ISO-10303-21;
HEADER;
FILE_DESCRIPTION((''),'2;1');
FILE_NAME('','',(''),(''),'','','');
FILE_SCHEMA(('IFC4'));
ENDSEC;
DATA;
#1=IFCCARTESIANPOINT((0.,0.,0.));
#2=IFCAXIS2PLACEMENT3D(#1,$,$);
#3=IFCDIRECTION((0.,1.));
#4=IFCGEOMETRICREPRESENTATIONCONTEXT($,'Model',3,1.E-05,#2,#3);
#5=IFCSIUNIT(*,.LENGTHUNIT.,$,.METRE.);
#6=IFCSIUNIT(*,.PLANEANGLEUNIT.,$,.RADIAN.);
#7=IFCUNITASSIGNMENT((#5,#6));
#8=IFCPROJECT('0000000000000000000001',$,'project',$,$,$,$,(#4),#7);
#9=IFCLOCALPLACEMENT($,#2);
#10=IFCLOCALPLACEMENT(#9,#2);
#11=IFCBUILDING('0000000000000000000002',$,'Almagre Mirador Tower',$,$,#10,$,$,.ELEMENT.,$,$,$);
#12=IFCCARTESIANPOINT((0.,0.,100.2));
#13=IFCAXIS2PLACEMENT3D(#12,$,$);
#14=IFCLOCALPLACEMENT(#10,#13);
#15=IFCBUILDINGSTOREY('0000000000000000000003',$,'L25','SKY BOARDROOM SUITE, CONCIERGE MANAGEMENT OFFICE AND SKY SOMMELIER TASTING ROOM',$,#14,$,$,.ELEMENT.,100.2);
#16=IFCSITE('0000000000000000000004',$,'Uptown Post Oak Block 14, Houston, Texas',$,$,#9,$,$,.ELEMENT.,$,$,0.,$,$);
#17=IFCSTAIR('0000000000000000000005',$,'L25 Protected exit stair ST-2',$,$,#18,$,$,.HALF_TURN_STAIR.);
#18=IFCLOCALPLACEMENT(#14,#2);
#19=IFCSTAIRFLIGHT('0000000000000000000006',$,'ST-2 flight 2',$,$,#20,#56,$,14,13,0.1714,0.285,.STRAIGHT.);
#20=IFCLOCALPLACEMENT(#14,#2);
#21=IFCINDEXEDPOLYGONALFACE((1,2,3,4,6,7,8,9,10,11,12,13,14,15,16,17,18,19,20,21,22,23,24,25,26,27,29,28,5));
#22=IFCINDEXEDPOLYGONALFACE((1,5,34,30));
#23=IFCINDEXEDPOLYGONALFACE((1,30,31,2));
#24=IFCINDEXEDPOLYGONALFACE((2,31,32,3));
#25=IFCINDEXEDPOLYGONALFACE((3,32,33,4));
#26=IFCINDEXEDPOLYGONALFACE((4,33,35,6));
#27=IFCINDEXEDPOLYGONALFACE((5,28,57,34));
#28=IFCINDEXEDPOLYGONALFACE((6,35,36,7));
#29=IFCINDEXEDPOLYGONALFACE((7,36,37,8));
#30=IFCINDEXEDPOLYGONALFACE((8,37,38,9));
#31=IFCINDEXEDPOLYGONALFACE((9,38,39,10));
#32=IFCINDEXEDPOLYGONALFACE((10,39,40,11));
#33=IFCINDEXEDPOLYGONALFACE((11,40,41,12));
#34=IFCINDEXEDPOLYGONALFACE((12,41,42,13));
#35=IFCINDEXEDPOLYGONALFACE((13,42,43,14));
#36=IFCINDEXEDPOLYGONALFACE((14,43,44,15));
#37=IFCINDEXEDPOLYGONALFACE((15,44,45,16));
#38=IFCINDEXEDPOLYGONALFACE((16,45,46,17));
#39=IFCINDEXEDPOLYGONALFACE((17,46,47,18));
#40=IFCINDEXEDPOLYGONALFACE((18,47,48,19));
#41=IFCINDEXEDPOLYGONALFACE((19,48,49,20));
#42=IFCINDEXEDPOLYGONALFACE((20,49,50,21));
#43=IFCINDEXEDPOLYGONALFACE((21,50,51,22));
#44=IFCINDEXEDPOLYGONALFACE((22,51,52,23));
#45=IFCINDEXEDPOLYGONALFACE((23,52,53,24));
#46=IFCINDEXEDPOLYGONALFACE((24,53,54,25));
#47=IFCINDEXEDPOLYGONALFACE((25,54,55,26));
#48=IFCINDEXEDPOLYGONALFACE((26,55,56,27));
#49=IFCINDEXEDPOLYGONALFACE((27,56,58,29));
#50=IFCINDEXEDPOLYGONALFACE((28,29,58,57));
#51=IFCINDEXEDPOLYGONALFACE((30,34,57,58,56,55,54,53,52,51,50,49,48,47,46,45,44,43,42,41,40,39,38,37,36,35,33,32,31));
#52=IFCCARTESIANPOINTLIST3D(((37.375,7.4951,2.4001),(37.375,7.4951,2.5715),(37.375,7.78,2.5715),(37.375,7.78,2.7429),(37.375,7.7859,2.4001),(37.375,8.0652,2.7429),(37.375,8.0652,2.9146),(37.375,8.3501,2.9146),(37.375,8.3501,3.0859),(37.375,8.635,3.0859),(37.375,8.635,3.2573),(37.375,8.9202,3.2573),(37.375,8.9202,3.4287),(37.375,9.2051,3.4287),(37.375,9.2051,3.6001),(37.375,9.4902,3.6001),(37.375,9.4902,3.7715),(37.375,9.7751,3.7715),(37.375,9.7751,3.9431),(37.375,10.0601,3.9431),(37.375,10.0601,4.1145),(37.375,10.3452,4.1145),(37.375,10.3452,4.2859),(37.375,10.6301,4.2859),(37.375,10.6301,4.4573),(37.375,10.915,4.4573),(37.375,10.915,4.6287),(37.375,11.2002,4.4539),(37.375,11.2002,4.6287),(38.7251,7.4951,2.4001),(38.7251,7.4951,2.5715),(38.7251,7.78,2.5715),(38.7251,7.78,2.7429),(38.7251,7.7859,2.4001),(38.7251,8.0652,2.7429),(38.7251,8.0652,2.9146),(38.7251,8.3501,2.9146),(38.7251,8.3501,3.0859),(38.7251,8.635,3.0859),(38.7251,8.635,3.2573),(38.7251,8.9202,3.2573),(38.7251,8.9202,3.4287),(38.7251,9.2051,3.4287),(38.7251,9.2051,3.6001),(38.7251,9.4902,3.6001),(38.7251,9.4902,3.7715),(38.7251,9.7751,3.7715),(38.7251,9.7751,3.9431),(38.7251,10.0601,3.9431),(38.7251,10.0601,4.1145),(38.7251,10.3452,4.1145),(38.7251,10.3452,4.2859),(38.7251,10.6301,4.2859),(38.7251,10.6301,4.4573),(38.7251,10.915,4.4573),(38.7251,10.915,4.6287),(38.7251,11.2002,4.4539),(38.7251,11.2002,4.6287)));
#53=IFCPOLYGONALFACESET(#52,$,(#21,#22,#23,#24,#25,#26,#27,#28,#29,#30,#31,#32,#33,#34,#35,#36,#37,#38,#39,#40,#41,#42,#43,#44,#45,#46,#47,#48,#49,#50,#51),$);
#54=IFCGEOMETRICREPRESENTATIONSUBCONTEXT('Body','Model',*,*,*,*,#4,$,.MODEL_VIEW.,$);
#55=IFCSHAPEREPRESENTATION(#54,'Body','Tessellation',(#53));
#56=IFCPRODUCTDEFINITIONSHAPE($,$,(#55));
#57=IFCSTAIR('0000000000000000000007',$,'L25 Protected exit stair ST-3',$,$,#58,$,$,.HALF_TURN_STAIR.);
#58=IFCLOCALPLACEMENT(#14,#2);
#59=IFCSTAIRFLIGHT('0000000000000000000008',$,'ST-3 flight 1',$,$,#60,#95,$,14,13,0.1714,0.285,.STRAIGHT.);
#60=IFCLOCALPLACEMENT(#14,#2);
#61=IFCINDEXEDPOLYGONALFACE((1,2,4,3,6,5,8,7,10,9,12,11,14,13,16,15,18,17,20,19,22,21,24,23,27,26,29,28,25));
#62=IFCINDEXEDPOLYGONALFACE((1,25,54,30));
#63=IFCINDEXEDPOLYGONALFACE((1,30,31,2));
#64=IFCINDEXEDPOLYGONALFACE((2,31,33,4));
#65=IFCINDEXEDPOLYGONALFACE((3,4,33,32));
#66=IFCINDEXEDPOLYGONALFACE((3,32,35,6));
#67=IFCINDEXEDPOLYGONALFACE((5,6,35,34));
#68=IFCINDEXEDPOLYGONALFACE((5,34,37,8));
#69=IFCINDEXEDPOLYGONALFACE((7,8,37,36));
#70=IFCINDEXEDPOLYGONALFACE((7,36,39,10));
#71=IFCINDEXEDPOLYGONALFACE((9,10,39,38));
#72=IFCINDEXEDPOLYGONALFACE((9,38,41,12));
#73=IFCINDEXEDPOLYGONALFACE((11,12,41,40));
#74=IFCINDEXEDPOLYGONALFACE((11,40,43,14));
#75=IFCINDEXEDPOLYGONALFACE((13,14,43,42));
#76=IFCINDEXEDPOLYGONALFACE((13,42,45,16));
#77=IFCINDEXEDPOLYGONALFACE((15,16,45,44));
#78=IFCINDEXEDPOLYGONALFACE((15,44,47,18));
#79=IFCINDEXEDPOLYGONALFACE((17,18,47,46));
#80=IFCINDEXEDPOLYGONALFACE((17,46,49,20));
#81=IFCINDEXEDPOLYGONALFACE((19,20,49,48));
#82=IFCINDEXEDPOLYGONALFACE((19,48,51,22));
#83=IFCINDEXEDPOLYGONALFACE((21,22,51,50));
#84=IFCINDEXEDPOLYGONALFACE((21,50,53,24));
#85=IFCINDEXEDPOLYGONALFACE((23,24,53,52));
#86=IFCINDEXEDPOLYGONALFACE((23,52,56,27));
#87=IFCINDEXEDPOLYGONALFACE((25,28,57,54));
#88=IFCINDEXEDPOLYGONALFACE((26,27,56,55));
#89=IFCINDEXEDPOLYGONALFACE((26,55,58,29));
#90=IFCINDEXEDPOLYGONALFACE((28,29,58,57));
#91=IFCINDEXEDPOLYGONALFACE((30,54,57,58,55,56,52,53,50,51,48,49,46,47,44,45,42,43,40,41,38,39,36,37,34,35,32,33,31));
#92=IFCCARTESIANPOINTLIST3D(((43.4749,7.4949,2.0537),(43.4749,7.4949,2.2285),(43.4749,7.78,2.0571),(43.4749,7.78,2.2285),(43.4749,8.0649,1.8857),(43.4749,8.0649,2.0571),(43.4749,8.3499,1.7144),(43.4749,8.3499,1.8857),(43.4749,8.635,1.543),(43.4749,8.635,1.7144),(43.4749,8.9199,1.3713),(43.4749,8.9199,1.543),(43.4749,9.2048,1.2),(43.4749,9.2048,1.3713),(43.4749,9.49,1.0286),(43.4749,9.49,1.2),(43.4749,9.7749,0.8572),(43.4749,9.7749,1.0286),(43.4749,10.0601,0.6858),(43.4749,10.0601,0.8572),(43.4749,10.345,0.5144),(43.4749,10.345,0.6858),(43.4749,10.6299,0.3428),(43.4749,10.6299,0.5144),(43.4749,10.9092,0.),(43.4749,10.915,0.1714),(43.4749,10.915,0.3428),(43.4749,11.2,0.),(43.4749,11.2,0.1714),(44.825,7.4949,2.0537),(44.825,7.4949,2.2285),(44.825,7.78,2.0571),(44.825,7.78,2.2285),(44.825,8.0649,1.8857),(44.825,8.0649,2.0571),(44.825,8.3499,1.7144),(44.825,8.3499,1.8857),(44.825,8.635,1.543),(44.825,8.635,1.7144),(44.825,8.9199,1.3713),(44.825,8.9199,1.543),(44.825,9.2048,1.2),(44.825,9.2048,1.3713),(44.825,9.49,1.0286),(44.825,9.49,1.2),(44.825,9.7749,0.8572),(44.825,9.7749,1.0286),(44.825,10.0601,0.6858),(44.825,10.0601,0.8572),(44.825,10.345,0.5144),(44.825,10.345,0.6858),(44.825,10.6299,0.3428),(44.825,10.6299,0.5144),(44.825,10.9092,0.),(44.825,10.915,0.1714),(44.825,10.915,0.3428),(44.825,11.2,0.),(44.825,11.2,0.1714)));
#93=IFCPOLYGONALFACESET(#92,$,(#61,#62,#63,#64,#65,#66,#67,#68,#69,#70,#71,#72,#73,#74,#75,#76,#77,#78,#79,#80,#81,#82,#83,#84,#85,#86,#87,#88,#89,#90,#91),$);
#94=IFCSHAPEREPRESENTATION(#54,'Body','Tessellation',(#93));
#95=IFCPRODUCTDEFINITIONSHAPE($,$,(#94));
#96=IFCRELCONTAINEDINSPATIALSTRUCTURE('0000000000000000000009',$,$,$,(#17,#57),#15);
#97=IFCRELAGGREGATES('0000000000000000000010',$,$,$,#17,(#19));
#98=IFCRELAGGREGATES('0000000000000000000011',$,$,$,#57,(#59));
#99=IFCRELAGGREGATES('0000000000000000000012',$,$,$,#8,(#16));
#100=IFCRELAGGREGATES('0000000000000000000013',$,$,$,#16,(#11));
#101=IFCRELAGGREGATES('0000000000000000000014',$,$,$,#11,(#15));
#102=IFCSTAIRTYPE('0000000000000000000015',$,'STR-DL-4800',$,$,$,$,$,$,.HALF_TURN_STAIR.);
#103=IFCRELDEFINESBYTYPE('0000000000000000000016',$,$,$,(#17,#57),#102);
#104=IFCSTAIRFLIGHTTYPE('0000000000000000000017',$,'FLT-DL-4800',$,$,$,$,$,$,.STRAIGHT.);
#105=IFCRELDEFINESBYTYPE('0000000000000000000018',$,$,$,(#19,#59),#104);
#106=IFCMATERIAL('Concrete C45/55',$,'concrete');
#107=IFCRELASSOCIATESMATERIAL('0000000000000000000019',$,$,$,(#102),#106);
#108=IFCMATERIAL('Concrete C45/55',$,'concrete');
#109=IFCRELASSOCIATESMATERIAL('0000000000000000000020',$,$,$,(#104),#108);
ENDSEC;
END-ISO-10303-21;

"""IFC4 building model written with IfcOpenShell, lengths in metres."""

from ifc_helpers import new_model, si_unit, direction, frame, origin, place, context, subcontext, project, spatial, polyline, outline, extrude, material, type_object, element, aggregate, save


model = new_model("IFC4")

# Units and contexts
model_context = context("Model", 3, precision=1e-05, world=origin(), true_north=direction((0.0, 1.0)))
body_context = subcontext(model_context, "Body", "Model", "MODEL_VIEW")
ifc_project = project(units=[si_unit("LENGTHUNIT", "METRE"), si_unit("PLANEANGLEUNIT", "RADIAN")], contexts=[model_context])

# Site, building, storey
site_placement = place(None, origin())
site = spatial("IfcSite", under=ifc_project, at=site_placement, Name="Uptown Post Oak Block 14, Houston, Texas", CompositionType="ELEMENT", RefElevation=0.0)
building_placement = place(site_placement, origin())
building = spatial("IfcBuilding", under=site, at=building_placement, Name="Almagre Mirador Tower", CompositionType="ELEMENT")
storey_placement = place(building_placement, frame((0.0, 0.0, 100.2)))
storey = spatial("IfcBuildingStorey", under=building, at=storey_placement, Name="L25", Description="SKY BOARDROOM SUITE, CONCIERGE MANAGEMENT OFFICE AND SKY SOMMELIER TASTING ROOM", CompositionType="ELEMENT", Elevation=100.2)

# Stair, stair flight
ifc_material_1 = material(Name="Concrete C45/55", Category="concrete")
stair_type = type_object("IfcStairType", Name="STR-DL-4800", PredefinedType="HALF_TURN_STAIR", material=ifc_material_1)
stair_1_placement = place(storey_placement, origin())
stair_1 = element("IfcStair", 1, at=stair_1_placement, inside=storey, type_object=stair_type, Name="L25 Protected exit stair ST-2", PredefinedType="HALF_TURN_STAIR")
ifc_material_2 = material(Name="Concrete C45/55", Category="concrete")
stair_flight_type = type_object("IfcStairFlightType", Name="FLT-DL-4800", PredefinedType="STRAIGHT", material=ifc_material_2)
stair_flight_1_placement = place(storey_placement, frame((38.05, 7.4951, 2.4001), z_axis=(0.0, 0.0, 1.0), x_axis=(0.0, 1.0, 0.0)))
stair_flight_1 = element("IfcStairFlight", 2, at=stair_flight_1_placement, type_object=stair_flight_type, Name="ST-2 flight 2", NumberOfRisers=14, NumberOfTreads=13, PredefinedType="STRAIGHT", RiserHeight=0.1714, TreadLength=0.285, context=body_context, shape_type="SweptSolid", body=[
    extrude(outline(polyline([(0.0, 0.0), (0.0, 0.1714), (0.2849, 0.1714), (0.2849, 0.3428), (0.5701, 0.3428), (0.5701, 0.5144), (0.855, 0.5144), (0.855, 0.6858), (1.1399, 0.6858), (1.1399, 0.8572), (1.425, 0.8572), (1.425, 1.0286), (1.71, 1.0286), (1.71, 1.2), (1.9951, 1.2), (1.9951, 1.3713), (2.28, 1.3713), (2.28, 1.543), (2.5649, 1.543), (2.5649, 1.7144), (2.8501, 1.7144), (2.8501, 1.8857), (3.135, 1.8857), (3.135, 2.0571), (3.4199, 2.0571), (3.4199, 2.2285), (3.7051, 2.2285), (3.7051, 2.3999), (3.7051, 2.0537), (0.2908, 0.0), (0.0, 0.0)])), frame((0.0, 0.675, 0.0), z_axis=(0.0, -1.0, 0.0), x_axis=(1.0, 0.0, 0.0)), (0.0, 0.0, 1.0), 1.3501),
])
aggregate(stair_1, [stair_flight_1])

# Stair, stair flight
stair_2_placement = place(storey_placement, origin())
stair_2 = element("IfcStair", 3, at=stair_2_placement, inside=storey, type_object=stair_type, Name="L25 Protected exit stair ST-3", PredefinedType="HALF_TURN_STAIR")
stair_flight_2_placement = place(storey_placement, frame((44.1499, 11.2, 0.0), z_axis=(0.0, 0.0, 1.0), x_axis=(0.0, -1.0, 0.0)))
stair_flight_2 = element("IfcStairFlight", 4, at=stair_flight_2_placement, type_object=stair_flight_type, Name="ST-3 flight 1", NumberOfRisers=14, NumberOfTreads=13, PredefinedType="STRAIGHT", RiserHeight=0.1714, TreadLength=0.285, context=body_context, shape_type="SweptSolid", body=[
    extrude(outline(polyline([(0.0, 0.0), (0.0, 0.1714), (0.2849, 0.1714), (0.2849, 0.3428), (0.5701, 0.3428), (0.5701, 0.5144), (0.855, 0.5144), (0.855, 0.6858), (1.1399, 0.6858), (1.1399, 0.8572), (1.425, 0.8572), (1.425, 1.0286), (1.71, 1.0286), (1.71, 1.2), (1.9951, 1.2), (1.9951, 1.3713), (2.28, 1.3713), (2.28, 1.543), (2.5649, 1.543), (2.5649, 1.7144), (2.8501, 1.7144), (2.8501, 1.8857), (3.135, 1.8857), (3.135, 2.0571), (3.4199, 2.0571), (3.4199, 2.2285), (3.7051, 2.2285), (3.7051, 2.3999), (3.7051, 2.0537), (0.2908, 0.0), (0.0, 0.0)])), frame((0.0, 0.675, 0.0), z_axis=(0.0, -1.0, 0.0), x_axis=(1.0, 0.0, 0.0)), (0.0, 0.0, 1.0), 1.3501),
])
aggregate(stair_2, [stair_flight_2])

save(model, "model.ifc")
